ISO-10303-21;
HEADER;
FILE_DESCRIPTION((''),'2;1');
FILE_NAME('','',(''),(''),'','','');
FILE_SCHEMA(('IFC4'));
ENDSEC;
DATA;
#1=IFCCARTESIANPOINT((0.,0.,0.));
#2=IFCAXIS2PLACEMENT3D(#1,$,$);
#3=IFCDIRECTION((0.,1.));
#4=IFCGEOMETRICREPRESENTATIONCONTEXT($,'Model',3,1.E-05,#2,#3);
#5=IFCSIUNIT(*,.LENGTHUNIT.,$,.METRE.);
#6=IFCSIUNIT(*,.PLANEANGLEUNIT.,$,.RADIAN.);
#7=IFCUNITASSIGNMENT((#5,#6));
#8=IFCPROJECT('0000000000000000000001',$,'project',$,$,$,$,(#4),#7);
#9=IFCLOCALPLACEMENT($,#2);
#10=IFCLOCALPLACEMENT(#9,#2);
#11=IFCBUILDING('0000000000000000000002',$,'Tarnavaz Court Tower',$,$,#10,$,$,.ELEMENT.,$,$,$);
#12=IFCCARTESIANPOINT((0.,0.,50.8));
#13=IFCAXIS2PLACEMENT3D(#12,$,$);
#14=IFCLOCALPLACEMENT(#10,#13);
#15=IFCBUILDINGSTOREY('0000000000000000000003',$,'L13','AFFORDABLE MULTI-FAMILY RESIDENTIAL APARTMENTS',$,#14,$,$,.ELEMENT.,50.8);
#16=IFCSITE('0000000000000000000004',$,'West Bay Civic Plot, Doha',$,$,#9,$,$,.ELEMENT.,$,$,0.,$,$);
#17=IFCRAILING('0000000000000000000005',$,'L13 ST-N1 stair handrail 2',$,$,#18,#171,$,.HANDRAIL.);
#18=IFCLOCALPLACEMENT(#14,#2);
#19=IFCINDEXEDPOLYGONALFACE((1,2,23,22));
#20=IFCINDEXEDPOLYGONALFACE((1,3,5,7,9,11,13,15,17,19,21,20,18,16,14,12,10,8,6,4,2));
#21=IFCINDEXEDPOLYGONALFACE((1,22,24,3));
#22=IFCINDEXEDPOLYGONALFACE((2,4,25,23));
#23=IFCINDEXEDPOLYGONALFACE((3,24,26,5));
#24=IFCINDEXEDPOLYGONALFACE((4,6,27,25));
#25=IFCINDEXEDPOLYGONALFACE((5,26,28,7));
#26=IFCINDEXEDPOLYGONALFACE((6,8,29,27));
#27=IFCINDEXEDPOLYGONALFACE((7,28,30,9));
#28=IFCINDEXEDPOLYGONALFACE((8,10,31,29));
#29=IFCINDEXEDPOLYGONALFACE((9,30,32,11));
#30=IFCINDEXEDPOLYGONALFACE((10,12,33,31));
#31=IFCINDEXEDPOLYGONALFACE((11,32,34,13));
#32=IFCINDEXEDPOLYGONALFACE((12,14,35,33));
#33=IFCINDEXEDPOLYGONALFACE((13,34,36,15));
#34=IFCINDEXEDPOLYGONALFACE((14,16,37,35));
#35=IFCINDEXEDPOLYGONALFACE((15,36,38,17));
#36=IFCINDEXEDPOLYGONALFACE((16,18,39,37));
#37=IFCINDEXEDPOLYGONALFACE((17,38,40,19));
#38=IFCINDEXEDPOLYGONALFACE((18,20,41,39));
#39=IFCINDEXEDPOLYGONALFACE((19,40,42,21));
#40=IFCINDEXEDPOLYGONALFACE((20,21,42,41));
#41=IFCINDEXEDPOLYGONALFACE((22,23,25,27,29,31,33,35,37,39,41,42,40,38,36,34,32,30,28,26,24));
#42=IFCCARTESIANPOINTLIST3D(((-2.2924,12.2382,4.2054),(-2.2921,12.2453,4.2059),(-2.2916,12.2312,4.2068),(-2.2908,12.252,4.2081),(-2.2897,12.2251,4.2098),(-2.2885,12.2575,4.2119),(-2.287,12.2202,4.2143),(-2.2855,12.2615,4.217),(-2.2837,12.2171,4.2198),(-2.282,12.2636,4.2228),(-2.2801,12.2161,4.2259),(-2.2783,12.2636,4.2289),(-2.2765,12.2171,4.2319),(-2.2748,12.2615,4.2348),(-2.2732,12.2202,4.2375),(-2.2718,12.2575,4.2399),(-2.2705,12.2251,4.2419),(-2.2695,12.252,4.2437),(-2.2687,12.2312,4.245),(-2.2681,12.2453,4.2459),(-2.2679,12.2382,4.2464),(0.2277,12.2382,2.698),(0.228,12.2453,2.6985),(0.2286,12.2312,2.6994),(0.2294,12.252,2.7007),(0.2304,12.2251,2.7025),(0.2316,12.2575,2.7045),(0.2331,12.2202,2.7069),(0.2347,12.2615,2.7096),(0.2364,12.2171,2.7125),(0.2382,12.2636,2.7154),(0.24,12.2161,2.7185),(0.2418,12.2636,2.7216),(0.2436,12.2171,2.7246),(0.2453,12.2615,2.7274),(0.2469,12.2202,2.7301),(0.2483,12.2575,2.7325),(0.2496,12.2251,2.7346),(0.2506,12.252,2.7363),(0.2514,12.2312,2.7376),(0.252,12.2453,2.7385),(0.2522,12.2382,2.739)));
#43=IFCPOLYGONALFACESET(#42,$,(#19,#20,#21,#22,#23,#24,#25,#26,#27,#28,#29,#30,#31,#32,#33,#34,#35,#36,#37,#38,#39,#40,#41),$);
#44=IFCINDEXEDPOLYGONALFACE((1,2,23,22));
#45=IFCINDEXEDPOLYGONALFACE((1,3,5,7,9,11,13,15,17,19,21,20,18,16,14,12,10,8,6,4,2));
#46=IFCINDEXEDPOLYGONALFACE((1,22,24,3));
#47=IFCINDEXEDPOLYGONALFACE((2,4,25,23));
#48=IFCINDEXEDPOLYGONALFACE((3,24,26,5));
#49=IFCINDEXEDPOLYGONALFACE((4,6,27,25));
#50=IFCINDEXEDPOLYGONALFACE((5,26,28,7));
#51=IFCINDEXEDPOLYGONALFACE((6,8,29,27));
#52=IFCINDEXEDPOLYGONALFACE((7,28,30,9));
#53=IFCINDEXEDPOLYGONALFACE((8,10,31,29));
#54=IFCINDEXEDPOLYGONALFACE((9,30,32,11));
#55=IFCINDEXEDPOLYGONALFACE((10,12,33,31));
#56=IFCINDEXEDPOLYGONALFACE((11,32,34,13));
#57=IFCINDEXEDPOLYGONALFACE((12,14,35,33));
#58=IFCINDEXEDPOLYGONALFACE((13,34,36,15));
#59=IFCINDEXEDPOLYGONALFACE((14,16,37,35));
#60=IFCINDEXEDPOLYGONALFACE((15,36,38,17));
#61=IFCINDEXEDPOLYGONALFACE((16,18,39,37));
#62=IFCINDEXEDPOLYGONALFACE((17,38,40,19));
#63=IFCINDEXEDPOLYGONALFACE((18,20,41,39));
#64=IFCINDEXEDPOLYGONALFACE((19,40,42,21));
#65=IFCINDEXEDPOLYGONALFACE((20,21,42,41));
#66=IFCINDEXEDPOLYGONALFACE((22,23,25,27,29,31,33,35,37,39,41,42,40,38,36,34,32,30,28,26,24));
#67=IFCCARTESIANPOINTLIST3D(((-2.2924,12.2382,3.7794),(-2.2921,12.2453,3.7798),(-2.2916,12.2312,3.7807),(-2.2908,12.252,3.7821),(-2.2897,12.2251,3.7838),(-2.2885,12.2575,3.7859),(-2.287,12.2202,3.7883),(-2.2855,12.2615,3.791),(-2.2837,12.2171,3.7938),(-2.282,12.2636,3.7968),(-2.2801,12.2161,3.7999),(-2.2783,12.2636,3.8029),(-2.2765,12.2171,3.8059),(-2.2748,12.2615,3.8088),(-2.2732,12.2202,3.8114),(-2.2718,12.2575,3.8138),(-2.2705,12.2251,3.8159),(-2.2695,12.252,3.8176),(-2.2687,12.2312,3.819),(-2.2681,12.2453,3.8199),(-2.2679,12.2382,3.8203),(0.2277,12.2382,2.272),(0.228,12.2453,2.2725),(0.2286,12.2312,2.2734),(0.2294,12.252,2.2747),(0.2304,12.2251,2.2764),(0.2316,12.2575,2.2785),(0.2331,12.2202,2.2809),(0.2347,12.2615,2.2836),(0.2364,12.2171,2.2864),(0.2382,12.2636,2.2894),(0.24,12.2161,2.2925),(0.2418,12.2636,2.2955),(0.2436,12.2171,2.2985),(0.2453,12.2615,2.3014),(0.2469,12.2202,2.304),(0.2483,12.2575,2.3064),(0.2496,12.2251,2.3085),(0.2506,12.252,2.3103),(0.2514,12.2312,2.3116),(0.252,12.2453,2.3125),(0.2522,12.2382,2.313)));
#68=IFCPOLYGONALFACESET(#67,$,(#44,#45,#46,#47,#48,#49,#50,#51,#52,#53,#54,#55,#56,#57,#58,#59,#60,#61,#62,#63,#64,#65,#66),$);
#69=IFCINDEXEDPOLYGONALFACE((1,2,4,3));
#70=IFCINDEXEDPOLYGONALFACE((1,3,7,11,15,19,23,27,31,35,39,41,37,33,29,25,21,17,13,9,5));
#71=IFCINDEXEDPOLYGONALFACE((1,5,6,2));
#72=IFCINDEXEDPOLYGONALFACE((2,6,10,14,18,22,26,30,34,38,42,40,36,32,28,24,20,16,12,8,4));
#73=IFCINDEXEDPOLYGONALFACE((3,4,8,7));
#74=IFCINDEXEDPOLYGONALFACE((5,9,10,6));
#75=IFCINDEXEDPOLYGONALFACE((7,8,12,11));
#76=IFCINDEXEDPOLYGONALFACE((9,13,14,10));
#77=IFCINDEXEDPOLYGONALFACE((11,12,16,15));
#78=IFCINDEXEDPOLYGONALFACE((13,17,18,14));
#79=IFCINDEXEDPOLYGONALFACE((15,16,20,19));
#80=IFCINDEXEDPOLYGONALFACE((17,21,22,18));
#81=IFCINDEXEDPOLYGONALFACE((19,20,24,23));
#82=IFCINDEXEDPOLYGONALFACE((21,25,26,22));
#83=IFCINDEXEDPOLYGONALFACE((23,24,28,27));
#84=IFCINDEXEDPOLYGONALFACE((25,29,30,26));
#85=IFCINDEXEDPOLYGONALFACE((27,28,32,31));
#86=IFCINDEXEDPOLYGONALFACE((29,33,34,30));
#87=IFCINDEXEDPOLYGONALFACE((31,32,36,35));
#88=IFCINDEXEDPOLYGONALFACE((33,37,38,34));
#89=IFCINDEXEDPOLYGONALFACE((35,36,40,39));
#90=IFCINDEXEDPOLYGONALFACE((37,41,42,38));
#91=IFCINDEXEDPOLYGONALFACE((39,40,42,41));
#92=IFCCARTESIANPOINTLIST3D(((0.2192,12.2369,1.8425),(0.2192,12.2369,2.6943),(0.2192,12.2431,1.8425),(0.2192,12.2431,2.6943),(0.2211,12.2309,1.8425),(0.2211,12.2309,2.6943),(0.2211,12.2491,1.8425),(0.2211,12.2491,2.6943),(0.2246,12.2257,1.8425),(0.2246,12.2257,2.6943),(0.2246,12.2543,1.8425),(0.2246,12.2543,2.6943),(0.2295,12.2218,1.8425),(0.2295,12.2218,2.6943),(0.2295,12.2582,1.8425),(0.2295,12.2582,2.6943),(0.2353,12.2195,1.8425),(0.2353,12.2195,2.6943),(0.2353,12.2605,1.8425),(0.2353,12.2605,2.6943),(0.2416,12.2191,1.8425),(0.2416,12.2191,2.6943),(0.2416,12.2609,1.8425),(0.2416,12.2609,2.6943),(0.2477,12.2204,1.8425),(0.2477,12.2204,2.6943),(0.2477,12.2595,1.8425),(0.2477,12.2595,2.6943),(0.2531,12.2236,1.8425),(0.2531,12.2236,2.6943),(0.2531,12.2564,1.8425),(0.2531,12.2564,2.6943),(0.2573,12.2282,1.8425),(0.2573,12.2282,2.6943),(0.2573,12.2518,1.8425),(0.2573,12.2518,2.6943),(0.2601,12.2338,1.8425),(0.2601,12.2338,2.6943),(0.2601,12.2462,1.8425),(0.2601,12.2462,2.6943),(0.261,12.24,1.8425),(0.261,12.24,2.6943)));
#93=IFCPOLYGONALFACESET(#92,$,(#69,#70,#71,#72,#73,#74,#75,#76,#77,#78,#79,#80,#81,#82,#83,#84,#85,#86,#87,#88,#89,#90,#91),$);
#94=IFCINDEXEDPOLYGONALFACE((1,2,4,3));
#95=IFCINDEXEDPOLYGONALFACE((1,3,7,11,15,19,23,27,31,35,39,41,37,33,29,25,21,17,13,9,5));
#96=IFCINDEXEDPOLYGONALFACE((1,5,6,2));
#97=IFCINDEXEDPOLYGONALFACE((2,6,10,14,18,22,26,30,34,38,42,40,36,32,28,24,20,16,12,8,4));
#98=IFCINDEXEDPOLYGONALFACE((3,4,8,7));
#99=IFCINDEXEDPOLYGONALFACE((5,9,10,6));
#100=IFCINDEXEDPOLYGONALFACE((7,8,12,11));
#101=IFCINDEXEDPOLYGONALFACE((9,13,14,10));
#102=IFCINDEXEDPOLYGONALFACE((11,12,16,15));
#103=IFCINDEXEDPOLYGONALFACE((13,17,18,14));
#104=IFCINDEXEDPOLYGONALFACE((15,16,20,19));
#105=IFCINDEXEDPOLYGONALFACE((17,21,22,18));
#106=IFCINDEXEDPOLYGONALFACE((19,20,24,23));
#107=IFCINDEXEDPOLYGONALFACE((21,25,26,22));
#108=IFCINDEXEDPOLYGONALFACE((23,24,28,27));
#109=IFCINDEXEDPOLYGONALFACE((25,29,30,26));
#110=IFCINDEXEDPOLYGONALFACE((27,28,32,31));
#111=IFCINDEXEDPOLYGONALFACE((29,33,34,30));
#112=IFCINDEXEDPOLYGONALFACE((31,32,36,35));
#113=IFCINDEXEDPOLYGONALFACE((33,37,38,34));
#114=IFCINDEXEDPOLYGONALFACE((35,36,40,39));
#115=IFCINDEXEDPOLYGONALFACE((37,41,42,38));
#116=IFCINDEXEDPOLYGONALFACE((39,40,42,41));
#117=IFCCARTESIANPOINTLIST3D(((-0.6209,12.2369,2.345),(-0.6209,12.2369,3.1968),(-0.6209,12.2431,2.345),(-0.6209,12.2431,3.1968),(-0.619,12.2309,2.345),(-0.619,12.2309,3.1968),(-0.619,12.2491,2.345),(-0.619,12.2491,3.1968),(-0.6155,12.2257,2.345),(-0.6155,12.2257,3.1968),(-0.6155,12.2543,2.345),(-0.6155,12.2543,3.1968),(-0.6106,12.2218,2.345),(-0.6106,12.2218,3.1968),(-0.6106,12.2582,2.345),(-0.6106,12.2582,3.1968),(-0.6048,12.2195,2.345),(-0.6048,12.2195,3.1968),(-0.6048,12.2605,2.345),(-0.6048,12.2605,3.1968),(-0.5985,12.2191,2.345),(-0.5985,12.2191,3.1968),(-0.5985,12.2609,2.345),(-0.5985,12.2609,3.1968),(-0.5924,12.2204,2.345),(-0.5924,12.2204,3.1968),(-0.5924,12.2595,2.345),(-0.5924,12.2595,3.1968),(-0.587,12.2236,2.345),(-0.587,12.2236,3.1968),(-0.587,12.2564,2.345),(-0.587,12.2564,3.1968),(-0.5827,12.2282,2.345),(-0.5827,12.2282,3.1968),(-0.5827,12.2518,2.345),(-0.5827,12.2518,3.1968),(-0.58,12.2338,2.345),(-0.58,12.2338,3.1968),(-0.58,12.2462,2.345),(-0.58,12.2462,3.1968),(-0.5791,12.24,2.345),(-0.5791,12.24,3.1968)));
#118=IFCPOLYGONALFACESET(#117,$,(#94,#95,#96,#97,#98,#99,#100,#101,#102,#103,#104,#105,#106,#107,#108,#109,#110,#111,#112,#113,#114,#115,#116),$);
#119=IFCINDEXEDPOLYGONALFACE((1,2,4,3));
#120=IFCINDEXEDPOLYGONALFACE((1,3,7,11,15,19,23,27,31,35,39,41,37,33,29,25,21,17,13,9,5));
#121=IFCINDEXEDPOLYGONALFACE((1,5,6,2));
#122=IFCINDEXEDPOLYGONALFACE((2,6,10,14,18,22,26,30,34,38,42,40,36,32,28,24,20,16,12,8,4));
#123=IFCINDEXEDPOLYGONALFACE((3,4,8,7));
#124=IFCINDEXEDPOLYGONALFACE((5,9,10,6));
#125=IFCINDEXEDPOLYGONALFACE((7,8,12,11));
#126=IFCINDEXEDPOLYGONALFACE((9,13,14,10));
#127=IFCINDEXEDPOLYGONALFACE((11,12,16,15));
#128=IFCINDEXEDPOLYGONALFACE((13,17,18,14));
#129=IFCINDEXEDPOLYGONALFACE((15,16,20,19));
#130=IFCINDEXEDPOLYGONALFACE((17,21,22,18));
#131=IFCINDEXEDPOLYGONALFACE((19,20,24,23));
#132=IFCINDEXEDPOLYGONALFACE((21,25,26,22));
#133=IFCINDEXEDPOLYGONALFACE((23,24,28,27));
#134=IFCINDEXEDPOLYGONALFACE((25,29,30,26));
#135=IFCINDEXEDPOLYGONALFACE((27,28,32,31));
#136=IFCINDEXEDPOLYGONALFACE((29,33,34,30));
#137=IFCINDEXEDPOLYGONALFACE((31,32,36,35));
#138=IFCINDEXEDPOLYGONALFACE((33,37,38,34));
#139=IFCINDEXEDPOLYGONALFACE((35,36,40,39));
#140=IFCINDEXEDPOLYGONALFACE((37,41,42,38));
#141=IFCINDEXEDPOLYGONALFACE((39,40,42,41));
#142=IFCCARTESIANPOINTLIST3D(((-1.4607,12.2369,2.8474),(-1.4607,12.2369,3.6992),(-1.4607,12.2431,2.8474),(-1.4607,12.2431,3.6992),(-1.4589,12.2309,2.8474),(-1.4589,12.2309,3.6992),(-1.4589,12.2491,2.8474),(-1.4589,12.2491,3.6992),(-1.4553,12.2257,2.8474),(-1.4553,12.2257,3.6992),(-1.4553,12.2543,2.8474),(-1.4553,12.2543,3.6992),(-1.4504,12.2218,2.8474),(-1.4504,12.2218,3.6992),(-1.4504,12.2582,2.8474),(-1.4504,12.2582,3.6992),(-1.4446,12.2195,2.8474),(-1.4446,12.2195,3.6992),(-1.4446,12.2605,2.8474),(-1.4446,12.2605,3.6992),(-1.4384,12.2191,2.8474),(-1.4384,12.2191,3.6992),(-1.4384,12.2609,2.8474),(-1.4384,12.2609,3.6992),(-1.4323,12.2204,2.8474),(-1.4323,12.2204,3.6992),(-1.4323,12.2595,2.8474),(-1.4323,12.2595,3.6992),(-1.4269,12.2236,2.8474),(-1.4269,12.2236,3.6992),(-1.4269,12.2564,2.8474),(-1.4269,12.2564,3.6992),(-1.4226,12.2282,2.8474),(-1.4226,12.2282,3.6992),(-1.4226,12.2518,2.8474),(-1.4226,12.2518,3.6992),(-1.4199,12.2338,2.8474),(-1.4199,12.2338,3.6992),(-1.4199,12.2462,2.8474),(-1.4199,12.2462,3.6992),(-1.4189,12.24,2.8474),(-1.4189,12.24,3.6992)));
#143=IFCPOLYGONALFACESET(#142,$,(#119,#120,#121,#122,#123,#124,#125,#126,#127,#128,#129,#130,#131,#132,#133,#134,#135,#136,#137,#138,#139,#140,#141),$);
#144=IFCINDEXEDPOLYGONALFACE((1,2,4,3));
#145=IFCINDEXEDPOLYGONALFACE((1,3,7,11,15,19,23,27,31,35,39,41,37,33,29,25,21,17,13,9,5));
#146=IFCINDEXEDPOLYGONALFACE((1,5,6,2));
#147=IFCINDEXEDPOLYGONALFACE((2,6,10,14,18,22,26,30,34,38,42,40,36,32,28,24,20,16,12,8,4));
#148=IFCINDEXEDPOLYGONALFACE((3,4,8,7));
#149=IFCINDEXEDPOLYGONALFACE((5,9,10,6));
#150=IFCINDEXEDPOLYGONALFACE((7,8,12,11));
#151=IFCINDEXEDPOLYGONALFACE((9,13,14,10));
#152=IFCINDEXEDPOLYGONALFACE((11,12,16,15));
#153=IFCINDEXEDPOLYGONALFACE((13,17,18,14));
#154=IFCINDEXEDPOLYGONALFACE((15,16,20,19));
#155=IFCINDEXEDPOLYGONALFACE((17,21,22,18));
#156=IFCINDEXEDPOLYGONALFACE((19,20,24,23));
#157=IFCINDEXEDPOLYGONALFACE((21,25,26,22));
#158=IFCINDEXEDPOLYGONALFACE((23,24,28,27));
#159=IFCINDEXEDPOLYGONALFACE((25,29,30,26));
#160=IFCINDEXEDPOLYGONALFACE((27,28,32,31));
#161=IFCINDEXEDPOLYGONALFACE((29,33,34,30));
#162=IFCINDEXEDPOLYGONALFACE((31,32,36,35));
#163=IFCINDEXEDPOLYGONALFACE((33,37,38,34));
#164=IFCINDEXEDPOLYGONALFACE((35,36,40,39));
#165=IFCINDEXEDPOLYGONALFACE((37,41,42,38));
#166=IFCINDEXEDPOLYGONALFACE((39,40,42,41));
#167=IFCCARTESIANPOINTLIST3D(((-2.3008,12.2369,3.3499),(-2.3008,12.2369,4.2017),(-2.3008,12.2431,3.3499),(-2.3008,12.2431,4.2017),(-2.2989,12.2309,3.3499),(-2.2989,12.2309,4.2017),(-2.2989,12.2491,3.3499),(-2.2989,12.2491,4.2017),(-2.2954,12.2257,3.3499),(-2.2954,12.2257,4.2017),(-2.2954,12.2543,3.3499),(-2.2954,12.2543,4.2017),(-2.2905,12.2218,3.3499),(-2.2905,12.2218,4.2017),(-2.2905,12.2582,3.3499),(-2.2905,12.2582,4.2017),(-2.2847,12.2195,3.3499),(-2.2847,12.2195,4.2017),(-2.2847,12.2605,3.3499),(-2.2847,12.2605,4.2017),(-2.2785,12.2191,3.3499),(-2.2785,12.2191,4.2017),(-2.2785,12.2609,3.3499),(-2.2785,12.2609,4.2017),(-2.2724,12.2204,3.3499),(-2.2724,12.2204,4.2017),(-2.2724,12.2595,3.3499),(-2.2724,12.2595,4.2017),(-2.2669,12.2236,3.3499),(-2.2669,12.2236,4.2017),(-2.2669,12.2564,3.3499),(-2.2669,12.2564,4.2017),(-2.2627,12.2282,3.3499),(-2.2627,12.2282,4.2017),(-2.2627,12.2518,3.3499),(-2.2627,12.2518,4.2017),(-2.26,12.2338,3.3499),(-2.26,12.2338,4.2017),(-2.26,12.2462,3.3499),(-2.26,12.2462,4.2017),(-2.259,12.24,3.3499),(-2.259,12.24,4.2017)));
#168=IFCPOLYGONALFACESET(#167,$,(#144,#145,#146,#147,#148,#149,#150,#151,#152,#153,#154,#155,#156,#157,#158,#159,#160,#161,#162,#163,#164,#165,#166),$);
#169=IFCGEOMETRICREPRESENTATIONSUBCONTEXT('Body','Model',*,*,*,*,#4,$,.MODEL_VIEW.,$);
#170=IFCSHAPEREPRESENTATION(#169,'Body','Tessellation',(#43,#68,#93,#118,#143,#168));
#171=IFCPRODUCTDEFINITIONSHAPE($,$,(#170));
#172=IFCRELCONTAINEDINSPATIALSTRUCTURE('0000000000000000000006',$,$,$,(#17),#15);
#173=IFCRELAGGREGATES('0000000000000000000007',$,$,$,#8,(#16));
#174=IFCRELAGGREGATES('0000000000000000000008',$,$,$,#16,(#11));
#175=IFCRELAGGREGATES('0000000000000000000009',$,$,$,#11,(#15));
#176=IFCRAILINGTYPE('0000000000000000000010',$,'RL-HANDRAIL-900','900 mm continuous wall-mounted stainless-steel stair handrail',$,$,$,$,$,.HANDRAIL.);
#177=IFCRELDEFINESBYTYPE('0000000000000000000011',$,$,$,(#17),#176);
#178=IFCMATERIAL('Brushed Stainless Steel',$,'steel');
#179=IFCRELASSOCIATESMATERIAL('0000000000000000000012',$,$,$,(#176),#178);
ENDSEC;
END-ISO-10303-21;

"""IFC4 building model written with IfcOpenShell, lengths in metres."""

from ifc_helpers import new_model, si_unit, direction, frame, origin, origin_2d, place, context, subcontext, project, spatial, circle, extrude, material, type_object, element, save


model = new_model("IFC4")

# Units and contexts
model_context = context("Model", 3, precision=1e-05, world=origin(), true_north=direction((0.0, 1.0)))
body_context = subcontext(model_context, "Body", "Model", "MODEL_VIEW")
ifc_project = project(units=[si_unit("LENGTHUNIT", "METRE"), si_unit("PLANEANGLEUNIT", "RADIAN")], contexts=[model_context])

# Site, building, storey
site_placement = place(None, origin())
site = spatial("IfcSite", under=ifc_project, at=site_placement, Name="West Bay Civic Plot, Doha", CompositionType="ELEMENT", RefElevation=0.0)
building_placement = place(site_placement, origin())
building = spatial("IfcBuilding", under=site, at=building_placement, Name="Tarnavaz Court Tower", CompositionType="ELEMENT")
storey_placement = place(building_placement, frame((0.0, 0.0, 50.8)))
storey = spatial("IfcBuildingStorey", under=building, at=storey_placement, Name="L13", Description="AFFORDABLE MULTI-FAMILY RESIDENTIAL APARTMENTS", CompositionType="ELEMENT", Elevation=50.8)

# Railing
ifc_material_1 = material(Name="Brushed Stainless Steel", Category="steel")
railing_type_1 = type_object("IfcRailingType", Name="RL-HANDRAIL-900", Description="900 mm continuous wall-mounted stainless-steel stair handrail", PredefinedType="HANDRAIL", material=ifc_material_1)
railing_1_placement = place(storey_placement, frame((0.24, 12.24, 1.8425)))
element("IfcRailing", 1, at=railing_1_placement, inside=storey, type_object=railing_type_1, Name="L13 ST-N1 stair handrail 2", PredefinedType="HANDRAIL", context=body_context, shape_type="SweptSolid", body=[
    extrude(circle(Radius=0.0239, at=origin_2d()), frame((0.0, 0.0, 0.876), z_axis=(-0.858196, 0.0, 0.513321), x_axis=(0.0, -1.0, 0.0)), (0.0, 0.0, 1.0), 2.9365),
    extrude(circle(Radius=0.0239, at=origin_2d()), frame((0.0, 0.0, 0.45), z_axis=(-0.858196, 0.0, 0.513321), x_axis=(0.0, -1.0, 0.0)), (0.0, 0.0, 1.0), 2.9365),
    extrude(circle(Radius=0.021, at=origin_2d()), origin(), (0.0, 0.0, 1.0), 0.8518),
    extrude(circle(Radius=0.021, at=origin_2d()), frame((-0.8401, 0.0, 0.5024)), (0.0, 0.0, 1.0), 0.8518),
    extrude(circle(Radius=0.021, at=origin_2d()), frame((-1.6799, 0.0, 1.0049)), (0.0, 0.0, 1.0), 0.8518),
    extrude(circle(Radius=0.021, at=origin_2d()), frame((-2.52, 0.0, 1.5073)), (0.0, 0.0, 1.0), 0.8518),
])

save(model, "model.ifc")
